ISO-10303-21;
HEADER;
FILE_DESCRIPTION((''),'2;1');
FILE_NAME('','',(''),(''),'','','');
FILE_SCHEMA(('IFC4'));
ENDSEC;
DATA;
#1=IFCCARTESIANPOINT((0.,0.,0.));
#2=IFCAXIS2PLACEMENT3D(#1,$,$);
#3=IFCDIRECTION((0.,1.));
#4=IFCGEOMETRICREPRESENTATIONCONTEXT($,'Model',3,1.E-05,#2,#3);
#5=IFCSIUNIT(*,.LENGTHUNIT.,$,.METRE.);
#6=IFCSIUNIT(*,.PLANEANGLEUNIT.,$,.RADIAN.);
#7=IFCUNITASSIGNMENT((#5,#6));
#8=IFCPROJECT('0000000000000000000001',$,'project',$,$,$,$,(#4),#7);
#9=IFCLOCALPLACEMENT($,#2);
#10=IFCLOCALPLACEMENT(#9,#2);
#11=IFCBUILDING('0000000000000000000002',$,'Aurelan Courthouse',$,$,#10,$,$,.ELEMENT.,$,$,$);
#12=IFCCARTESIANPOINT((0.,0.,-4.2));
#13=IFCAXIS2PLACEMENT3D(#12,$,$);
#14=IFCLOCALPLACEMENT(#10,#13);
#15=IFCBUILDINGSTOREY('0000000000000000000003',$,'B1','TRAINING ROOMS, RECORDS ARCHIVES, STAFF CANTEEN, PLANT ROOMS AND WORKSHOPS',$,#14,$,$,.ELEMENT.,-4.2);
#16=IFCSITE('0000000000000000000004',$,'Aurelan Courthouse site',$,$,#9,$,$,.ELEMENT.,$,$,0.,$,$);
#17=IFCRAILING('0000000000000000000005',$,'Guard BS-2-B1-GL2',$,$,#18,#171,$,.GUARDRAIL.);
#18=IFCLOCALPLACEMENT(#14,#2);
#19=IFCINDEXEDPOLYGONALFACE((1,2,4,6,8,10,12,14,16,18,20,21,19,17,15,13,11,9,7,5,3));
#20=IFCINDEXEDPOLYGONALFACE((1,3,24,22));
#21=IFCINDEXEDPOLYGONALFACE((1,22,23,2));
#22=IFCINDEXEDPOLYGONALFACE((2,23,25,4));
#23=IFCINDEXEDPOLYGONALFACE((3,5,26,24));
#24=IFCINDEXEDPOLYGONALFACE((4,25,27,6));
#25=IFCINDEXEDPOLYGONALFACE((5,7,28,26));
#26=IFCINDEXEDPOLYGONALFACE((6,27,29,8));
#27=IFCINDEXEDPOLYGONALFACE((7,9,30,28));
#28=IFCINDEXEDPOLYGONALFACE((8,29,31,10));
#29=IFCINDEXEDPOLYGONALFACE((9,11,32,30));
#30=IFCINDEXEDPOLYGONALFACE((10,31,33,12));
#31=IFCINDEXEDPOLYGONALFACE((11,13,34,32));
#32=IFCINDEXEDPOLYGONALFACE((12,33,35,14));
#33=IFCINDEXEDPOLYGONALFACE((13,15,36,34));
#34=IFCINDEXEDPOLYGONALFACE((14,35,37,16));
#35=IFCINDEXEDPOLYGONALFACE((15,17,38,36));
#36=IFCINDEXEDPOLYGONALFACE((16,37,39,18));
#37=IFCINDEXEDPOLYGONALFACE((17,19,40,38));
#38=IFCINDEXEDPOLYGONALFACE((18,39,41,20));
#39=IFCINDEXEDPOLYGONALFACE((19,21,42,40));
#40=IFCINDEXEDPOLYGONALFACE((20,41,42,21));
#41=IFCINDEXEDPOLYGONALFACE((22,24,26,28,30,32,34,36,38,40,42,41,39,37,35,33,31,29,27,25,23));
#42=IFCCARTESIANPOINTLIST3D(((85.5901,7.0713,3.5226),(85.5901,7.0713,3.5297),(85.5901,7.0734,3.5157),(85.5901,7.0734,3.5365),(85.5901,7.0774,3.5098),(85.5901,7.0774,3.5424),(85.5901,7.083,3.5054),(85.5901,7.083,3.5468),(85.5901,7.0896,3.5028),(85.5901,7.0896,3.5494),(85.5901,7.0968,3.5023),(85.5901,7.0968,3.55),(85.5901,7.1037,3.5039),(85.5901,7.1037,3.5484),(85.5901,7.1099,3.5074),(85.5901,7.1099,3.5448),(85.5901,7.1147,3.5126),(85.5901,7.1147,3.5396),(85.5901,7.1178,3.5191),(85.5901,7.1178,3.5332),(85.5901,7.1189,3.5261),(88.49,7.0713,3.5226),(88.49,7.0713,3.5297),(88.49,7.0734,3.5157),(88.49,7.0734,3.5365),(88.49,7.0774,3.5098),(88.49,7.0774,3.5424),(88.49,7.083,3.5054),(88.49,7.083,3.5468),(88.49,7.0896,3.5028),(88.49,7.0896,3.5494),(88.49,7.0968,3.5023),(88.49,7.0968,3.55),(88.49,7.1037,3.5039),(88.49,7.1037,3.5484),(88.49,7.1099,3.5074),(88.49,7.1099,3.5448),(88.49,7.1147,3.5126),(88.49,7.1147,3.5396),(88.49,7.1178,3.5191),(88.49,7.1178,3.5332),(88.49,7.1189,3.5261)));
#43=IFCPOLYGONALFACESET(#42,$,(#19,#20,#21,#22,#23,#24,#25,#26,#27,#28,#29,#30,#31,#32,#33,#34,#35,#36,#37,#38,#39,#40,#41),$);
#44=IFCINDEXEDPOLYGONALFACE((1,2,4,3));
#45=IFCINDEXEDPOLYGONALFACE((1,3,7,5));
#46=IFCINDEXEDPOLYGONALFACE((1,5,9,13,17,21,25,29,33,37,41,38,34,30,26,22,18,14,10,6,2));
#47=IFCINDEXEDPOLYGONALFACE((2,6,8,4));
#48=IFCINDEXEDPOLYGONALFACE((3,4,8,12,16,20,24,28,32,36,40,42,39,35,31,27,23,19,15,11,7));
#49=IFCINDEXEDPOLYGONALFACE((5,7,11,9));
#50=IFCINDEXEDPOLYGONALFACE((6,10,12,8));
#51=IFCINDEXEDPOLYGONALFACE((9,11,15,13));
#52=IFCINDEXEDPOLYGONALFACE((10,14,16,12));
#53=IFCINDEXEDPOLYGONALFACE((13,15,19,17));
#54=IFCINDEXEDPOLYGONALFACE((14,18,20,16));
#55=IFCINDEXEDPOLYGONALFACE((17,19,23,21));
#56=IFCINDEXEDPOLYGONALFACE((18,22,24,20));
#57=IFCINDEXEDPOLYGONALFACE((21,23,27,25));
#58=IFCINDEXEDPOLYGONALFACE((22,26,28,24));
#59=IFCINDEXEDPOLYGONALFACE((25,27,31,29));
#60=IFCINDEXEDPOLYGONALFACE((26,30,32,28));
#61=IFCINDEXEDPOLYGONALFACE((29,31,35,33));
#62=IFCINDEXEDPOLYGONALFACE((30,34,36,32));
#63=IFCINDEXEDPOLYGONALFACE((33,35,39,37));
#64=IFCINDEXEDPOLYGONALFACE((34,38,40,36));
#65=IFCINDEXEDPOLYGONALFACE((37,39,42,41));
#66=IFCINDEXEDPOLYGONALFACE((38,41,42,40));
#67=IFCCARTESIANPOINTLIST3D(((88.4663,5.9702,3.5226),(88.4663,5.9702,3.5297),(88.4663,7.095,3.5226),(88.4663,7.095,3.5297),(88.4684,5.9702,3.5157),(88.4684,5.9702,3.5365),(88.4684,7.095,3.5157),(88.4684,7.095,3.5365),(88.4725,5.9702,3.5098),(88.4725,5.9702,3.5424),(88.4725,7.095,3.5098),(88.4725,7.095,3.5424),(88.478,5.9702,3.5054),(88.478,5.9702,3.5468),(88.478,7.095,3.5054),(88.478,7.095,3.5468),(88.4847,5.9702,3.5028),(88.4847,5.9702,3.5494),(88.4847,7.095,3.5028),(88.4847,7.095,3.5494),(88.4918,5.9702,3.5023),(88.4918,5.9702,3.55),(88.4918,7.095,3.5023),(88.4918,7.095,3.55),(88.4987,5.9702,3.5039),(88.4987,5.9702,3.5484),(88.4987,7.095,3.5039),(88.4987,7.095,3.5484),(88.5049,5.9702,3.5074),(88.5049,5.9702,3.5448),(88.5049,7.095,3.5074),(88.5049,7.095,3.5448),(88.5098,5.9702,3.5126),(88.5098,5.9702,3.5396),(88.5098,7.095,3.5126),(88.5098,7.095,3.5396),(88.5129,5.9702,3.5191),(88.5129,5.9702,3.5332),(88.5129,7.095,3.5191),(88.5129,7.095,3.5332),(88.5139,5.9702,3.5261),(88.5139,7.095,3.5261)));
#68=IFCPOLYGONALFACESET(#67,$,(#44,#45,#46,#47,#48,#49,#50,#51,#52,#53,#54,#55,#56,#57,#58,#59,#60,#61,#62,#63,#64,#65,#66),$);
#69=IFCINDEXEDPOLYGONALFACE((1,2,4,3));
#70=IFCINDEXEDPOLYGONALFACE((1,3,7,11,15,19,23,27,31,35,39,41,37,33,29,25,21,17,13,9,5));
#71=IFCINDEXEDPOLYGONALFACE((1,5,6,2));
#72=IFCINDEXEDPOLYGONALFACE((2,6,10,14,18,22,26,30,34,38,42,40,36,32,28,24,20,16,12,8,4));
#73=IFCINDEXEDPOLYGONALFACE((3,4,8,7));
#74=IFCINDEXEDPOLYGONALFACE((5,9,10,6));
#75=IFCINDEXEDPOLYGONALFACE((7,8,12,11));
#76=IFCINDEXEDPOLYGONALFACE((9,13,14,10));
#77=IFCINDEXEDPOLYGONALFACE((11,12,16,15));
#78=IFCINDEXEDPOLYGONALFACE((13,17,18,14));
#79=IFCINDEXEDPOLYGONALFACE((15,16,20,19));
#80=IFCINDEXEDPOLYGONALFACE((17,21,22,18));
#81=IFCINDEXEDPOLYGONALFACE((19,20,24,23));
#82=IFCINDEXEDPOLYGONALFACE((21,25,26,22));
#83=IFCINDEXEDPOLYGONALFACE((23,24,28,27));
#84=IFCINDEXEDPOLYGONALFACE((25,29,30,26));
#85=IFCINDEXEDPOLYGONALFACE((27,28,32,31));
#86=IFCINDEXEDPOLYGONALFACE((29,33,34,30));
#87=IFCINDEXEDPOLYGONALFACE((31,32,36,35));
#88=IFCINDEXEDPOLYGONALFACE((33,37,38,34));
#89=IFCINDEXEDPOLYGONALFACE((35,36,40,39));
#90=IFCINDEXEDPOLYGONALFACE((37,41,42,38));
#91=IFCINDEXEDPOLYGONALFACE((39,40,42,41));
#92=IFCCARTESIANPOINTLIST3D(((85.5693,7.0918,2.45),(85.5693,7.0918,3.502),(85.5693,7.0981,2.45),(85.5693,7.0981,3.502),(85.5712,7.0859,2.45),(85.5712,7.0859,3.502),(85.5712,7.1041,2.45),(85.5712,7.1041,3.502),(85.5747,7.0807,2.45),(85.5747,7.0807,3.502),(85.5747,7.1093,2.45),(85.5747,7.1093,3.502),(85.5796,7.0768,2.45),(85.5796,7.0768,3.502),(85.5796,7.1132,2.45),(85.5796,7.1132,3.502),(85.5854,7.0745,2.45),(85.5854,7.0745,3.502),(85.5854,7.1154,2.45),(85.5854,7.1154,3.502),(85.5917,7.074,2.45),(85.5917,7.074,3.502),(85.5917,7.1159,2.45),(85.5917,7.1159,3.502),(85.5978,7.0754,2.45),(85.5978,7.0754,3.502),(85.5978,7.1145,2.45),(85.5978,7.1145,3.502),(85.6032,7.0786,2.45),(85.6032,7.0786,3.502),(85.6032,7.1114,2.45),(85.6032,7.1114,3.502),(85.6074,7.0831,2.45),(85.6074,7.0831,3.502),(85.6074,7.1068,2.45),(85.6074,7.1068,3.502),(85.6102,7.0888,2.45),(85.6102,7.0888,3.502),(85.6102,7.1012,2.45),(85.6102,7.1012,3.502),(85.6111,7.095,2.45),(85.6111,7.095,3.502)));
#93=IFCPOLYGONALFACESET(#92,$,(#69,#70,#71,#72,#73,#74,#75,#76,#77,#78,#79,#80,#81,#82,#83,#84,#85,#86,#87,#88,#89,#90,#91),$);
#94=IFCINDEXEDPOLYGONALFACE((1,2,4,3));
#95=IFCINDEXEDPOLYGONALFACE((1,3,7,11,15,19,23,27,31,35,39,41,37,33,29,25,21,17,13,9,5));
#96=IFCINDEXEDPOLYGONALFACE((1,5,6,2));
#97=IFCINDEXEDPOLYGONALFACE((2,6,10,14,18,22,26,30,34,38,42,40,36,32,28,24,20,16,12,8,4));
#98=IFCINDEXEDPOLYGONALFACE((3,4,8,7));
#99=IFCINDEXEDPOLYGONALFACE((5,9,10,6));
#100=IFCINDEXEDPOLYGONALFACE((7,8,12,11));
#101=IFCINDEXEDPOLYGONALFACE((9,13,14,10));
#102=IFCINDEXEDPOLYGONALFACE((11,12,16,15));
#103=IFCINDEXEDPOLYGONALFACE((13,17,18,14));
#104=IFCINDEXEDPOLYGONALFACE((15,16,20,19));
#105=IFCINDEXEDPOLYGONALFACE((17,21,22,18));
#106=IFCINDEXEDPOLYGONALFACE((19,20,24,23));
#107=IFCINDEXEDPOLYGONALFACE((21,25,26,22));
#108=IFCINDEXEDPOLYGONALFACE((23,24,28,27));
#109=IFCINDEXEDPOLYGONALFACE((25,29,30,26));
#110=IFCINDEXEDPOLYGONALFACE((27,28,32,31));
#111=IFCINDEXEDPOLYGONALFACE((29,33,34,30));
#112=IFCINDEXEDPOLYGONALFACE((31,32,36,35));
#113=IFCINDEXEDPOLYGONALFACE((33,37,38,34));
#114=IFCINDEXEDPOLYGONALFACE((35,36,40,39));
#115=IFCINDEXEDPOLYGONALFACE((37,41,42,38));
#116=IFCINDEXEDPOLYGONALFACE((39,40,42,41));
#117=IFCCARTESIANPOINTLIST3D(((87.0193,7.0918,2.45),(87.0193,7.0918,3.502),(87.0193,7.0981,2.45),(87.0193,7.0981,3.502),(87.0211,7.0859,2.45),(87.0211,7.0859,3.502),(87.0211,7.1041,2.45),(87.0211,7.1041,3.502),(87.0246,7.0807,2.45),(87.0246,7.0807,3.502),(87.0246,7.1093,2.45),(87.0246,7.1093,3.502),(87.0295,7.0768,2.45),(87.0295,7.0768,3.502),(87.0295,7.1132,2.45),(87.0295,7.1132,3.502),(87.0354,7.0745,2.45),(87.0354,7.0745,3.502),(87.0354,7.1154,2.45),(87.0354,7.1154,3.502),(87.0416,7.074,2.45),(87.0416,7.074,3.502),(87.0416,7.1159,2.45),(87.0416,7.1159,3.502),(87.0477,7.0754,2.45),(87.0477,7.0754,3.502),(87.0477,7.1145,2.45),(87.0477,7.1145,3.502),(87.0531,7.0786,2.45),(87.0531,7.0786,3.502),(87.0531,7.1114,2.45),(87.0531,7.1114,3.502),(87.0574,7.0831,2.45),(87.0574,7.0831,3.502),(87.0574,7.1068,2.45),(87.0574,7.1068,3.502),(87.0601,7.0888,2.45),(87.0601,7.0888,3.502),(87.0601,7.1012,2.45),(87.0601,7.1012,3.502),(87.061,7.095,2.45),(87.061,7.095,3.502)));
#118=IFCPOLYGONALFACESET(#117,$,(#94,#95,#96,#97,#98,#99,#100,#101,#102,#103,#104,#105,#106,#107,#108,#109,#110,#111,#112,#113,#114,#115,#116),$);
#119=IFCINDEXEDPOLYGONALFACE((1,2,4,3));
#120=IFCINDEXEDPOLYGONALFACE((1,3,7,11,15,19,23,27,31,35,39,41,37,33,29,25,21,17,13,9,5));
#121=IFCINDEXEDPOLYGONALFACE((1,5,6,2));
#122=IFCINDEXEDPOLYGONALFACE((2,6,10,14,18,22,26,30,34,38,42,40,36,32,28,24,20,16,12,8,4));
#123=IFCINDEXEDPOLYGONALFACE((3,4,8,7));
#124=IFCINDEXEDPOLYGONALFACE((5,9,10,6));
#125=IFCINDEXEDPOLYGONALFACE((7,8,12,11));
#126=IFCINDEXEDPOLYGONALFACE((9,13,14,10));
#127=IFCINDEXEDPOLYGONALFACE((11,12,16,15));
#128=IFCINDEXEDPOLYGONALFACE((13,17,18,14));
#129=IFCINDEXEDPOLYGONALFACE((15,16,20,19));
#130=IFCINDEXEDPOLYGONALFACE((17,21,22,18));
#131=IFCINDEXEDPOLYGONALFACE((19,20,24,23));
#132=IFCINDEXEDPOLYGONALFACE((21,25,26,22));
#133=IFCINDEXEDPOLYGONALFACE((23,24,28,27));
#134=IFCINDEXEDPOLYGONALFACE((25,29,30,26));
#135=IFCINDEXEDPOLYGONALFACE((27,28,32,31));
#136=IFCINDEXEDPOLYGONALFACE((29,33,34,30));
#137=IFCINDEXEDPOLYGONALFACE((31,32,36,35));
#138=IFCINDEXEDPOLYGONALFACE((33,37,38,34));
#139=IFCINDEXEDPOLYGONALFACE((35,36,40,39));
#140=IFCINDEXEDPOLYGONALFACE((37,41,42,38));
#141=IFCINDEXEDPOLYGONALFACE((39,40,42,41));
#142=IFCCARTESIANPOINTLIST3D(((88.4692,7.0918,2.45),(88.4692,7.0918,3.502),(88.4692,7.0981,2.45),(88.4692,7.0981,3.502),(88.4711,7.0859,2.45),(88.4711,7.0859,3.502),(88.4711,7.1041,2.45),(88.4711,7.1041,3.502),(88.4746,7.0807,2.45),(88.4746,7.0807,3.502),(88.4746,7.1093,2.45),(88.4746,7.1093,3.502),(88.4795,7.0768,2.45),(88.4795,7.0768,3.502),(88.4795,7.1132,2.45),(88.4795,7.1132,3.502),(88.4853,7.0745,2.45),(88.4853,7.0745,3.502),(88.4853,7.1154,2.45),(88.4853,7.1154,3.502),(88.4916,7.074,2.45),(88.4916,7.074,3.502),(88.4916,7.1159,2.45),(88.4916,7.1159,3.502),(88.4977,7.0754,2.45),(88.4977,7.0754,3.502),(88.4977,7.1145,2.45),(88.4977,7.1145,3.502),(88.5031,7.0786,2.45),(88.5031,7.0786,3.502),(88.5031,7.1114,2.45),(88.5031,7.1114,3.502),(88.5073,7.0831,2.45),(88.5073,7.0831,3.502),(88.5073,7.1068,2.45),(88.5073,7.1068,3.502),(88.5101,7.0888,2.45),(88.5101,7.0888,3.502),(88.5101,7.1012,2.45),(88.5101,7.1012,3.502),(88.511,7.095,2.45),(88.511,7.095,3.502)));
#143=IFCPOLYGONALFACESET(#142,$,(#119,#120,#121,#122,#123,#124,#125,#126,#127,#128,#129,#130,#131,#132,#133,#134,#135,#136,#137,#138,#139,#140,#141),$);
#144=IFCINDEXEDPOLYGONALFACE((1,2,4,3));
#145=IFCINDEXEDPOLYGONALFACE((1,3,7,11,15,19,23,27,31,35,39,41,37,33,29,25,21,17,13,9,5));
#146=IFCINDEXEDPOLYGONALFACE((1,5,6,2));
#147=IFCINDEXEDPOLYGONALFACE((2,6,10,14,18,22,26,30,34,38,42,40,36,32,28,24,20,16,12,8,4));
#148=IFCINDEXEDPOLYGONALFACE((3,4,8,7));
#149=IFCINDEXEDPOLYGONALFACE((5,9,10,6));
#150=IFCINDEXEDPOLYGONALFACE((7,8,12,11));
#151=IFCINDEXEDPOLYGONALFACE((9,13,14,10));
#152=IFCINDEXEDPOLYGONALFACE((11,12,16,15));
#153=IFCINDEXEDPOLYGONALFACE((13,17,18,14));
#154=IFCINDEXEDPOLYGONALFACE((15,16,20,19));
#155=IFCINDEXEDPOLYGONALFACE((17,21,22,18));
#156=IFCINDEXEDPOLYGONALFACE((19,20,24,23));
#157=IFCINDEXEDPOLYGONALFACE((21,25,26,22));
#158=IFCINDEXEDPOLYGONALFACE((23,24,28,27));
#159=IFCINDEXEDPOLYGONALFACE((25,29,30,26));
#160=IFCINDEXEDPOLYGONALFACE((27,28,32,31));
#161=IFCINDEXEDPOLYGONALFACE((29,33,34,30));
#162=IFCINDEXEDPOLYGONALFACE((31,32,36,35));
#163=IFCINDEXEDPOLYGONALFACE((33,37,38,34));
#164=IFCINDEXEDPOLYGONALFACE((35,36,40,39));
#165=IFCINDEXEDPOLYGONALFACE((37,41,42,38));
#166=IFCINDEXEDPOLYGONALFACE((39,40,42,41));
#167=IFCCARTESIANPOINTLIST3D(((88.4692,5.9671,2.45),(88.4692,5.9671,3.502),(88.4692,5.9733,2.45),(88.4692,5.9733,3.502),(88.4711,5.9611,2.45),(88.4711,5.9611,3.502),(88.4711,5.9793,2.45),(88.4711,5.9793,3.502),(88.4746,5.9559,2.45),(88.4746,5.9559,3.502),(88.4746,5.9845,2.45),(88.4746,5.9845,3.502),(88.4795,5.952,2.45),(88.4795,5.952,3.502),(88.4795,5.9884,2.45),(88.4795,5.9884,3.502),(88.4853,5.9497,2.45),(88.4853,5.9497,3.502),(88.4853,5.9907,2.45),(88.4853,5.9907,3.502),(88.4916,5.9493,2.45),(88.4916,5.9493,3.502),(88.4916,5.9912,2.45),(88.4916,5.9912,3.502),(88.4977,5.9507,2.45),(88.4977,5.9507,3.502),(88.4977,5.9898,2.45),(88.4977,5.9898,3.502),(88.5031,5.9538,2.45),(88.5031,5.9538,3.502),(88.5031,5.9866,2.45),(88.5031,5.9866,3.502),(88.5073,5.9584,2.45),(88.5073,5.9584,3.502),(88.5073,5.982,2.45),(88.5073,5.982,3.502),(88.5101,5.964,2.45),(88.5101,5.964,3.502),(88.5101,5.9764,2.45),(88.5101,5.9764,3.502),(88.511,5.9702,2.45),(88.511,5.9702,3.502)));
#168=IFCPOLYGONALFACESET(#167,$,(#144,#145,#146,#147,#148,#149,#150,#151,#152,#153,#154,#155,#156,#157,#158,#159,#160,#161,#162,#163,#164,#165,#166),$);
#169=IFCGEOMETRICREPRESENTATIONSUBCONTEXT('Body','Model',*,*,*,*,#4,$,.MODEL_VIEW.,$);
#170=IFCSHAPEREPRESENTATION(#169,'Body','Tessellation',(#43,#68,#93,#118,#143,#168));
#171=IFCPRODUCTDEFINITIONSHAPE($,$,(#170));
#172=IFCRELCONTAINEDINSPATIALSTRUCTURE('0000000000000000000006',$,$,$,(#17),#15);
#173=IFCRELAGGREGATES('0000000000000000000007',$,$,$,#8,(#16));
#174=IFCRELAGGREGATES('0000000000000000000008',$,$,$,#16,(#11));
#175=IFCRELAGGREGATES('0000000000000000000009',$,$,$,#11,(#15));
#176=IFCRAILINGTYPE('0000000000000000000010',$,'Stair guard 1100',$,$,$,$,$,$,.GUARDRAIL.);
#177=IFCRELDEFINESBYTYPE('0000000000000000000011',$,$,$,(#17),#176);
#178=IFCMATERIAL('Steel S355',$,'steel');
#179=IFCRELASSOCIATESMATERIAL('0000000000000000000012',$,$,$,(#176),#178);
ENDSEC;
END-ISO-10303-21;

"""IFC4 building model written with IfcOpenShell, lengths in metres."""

from ifc_helpers import new_model, si_unit, direction, frame, origin, origin_2d, place, context, subcontext, project, spatial, circle, extrude, material, type_object, element, save


model = new_model("IFC4")

# Units and contexts
model_context = context("Model", 3, precision=1e-05, world=origin(), true_north=direction((0.0, 1.0)))
body_context = subcontext(model_context, "Body", "Model", "MODEL_VIEW")
ifc_project = project(units=[si_unit("LENGTHUNIT", "METRE"), si_unit("PLANEANGLEUNIT", "RADIAN")], contexts=[model_context])

# Site, building, storey
site_placement = place(None, origin())
site = spatial("IfcSite", under=ifc_project, at=site_placement, Name="Aurelan Courthouse site", CompositionType="ELEMENT", RefElevation=0.0)
building_placement = place(site_placement, origin())
building = spatial("IfcBuilding", under=site, at=building_placement, Name="Aurelan Courthouse", CompositionType="ELEMENT")
storey_placement = place(building_placement, frame((0.0, 0.0, -4.2)))
storey = spatial("IfcBuildingStorey", under=building, at=storey_placement, Name="B1", Description="TRAINING ROOMS, RECORDS ARCHIVES, STAFF CANTEEN, PLANT ROOMS AND WORKSHOPS", CompositionType="ELEMENT", Elevation=-4.2)

# Railing
ifc_material_1 = material(Name="Steel S355", Category="steel")
railing_type_1 = type_object("IfcRailingType", Name="Stair guard 1100", PredefinedType="GUARDRAIL", material=ifc_material_1)
railing_1_placement = place(storey_placement, frame((85.5901, 7.095, 2.45)))
element("IfcRailing", 1, at=railing_1_placement, inside=storey, type_object=railing_type_1, Name="Guard BS-2-B1-GL2", PredefinedType="GUARDRAIL", context=body_context, shape_type="SweptSolid", body=[
    extrude(circle(Radius=0.0239, at=origin_2d()), frame((0.0, 0.0, 1.0762), z_axis=(1.0, 0.0, 0.0), x_axis=(0.0, 1.0, 0.0)), (0.0, 0.0, 1.0), 2.8999),
    extrude(circle(Radius=0.0239, at=origin_2d()), frame((2.8999, 0.0, 1.0762), z_axis=(0.0, -1.0, 0.0), x_axis=(1.0, 0.0, 0.0)), (0.0, 0.0, 1.0), 1.1248),
    extrude(circle(Radius=0.021, at=origin_2d()), origin(), (0.0, 0.0, 1.0), 1.052),
    extrude(circle(Radius=0.021, at=origin_2d()), frame((1.45, 0.0, 0.0)), (0.0, 0.0, 1.0), 1.052),
    extrude(circle(Radius=0.021, at=origin_2d()), frame((2.8999, 0.0, 0.0)), (0.0, 0.0, 1.0), 1.052),
    extrude(circle(Radius=0.021, at=origin_2d()), frame((2.8999, -1.1248, 0.0)), (0.0, 0.0, 1.0), 1.052),
])

save(model, "model.ifc")
